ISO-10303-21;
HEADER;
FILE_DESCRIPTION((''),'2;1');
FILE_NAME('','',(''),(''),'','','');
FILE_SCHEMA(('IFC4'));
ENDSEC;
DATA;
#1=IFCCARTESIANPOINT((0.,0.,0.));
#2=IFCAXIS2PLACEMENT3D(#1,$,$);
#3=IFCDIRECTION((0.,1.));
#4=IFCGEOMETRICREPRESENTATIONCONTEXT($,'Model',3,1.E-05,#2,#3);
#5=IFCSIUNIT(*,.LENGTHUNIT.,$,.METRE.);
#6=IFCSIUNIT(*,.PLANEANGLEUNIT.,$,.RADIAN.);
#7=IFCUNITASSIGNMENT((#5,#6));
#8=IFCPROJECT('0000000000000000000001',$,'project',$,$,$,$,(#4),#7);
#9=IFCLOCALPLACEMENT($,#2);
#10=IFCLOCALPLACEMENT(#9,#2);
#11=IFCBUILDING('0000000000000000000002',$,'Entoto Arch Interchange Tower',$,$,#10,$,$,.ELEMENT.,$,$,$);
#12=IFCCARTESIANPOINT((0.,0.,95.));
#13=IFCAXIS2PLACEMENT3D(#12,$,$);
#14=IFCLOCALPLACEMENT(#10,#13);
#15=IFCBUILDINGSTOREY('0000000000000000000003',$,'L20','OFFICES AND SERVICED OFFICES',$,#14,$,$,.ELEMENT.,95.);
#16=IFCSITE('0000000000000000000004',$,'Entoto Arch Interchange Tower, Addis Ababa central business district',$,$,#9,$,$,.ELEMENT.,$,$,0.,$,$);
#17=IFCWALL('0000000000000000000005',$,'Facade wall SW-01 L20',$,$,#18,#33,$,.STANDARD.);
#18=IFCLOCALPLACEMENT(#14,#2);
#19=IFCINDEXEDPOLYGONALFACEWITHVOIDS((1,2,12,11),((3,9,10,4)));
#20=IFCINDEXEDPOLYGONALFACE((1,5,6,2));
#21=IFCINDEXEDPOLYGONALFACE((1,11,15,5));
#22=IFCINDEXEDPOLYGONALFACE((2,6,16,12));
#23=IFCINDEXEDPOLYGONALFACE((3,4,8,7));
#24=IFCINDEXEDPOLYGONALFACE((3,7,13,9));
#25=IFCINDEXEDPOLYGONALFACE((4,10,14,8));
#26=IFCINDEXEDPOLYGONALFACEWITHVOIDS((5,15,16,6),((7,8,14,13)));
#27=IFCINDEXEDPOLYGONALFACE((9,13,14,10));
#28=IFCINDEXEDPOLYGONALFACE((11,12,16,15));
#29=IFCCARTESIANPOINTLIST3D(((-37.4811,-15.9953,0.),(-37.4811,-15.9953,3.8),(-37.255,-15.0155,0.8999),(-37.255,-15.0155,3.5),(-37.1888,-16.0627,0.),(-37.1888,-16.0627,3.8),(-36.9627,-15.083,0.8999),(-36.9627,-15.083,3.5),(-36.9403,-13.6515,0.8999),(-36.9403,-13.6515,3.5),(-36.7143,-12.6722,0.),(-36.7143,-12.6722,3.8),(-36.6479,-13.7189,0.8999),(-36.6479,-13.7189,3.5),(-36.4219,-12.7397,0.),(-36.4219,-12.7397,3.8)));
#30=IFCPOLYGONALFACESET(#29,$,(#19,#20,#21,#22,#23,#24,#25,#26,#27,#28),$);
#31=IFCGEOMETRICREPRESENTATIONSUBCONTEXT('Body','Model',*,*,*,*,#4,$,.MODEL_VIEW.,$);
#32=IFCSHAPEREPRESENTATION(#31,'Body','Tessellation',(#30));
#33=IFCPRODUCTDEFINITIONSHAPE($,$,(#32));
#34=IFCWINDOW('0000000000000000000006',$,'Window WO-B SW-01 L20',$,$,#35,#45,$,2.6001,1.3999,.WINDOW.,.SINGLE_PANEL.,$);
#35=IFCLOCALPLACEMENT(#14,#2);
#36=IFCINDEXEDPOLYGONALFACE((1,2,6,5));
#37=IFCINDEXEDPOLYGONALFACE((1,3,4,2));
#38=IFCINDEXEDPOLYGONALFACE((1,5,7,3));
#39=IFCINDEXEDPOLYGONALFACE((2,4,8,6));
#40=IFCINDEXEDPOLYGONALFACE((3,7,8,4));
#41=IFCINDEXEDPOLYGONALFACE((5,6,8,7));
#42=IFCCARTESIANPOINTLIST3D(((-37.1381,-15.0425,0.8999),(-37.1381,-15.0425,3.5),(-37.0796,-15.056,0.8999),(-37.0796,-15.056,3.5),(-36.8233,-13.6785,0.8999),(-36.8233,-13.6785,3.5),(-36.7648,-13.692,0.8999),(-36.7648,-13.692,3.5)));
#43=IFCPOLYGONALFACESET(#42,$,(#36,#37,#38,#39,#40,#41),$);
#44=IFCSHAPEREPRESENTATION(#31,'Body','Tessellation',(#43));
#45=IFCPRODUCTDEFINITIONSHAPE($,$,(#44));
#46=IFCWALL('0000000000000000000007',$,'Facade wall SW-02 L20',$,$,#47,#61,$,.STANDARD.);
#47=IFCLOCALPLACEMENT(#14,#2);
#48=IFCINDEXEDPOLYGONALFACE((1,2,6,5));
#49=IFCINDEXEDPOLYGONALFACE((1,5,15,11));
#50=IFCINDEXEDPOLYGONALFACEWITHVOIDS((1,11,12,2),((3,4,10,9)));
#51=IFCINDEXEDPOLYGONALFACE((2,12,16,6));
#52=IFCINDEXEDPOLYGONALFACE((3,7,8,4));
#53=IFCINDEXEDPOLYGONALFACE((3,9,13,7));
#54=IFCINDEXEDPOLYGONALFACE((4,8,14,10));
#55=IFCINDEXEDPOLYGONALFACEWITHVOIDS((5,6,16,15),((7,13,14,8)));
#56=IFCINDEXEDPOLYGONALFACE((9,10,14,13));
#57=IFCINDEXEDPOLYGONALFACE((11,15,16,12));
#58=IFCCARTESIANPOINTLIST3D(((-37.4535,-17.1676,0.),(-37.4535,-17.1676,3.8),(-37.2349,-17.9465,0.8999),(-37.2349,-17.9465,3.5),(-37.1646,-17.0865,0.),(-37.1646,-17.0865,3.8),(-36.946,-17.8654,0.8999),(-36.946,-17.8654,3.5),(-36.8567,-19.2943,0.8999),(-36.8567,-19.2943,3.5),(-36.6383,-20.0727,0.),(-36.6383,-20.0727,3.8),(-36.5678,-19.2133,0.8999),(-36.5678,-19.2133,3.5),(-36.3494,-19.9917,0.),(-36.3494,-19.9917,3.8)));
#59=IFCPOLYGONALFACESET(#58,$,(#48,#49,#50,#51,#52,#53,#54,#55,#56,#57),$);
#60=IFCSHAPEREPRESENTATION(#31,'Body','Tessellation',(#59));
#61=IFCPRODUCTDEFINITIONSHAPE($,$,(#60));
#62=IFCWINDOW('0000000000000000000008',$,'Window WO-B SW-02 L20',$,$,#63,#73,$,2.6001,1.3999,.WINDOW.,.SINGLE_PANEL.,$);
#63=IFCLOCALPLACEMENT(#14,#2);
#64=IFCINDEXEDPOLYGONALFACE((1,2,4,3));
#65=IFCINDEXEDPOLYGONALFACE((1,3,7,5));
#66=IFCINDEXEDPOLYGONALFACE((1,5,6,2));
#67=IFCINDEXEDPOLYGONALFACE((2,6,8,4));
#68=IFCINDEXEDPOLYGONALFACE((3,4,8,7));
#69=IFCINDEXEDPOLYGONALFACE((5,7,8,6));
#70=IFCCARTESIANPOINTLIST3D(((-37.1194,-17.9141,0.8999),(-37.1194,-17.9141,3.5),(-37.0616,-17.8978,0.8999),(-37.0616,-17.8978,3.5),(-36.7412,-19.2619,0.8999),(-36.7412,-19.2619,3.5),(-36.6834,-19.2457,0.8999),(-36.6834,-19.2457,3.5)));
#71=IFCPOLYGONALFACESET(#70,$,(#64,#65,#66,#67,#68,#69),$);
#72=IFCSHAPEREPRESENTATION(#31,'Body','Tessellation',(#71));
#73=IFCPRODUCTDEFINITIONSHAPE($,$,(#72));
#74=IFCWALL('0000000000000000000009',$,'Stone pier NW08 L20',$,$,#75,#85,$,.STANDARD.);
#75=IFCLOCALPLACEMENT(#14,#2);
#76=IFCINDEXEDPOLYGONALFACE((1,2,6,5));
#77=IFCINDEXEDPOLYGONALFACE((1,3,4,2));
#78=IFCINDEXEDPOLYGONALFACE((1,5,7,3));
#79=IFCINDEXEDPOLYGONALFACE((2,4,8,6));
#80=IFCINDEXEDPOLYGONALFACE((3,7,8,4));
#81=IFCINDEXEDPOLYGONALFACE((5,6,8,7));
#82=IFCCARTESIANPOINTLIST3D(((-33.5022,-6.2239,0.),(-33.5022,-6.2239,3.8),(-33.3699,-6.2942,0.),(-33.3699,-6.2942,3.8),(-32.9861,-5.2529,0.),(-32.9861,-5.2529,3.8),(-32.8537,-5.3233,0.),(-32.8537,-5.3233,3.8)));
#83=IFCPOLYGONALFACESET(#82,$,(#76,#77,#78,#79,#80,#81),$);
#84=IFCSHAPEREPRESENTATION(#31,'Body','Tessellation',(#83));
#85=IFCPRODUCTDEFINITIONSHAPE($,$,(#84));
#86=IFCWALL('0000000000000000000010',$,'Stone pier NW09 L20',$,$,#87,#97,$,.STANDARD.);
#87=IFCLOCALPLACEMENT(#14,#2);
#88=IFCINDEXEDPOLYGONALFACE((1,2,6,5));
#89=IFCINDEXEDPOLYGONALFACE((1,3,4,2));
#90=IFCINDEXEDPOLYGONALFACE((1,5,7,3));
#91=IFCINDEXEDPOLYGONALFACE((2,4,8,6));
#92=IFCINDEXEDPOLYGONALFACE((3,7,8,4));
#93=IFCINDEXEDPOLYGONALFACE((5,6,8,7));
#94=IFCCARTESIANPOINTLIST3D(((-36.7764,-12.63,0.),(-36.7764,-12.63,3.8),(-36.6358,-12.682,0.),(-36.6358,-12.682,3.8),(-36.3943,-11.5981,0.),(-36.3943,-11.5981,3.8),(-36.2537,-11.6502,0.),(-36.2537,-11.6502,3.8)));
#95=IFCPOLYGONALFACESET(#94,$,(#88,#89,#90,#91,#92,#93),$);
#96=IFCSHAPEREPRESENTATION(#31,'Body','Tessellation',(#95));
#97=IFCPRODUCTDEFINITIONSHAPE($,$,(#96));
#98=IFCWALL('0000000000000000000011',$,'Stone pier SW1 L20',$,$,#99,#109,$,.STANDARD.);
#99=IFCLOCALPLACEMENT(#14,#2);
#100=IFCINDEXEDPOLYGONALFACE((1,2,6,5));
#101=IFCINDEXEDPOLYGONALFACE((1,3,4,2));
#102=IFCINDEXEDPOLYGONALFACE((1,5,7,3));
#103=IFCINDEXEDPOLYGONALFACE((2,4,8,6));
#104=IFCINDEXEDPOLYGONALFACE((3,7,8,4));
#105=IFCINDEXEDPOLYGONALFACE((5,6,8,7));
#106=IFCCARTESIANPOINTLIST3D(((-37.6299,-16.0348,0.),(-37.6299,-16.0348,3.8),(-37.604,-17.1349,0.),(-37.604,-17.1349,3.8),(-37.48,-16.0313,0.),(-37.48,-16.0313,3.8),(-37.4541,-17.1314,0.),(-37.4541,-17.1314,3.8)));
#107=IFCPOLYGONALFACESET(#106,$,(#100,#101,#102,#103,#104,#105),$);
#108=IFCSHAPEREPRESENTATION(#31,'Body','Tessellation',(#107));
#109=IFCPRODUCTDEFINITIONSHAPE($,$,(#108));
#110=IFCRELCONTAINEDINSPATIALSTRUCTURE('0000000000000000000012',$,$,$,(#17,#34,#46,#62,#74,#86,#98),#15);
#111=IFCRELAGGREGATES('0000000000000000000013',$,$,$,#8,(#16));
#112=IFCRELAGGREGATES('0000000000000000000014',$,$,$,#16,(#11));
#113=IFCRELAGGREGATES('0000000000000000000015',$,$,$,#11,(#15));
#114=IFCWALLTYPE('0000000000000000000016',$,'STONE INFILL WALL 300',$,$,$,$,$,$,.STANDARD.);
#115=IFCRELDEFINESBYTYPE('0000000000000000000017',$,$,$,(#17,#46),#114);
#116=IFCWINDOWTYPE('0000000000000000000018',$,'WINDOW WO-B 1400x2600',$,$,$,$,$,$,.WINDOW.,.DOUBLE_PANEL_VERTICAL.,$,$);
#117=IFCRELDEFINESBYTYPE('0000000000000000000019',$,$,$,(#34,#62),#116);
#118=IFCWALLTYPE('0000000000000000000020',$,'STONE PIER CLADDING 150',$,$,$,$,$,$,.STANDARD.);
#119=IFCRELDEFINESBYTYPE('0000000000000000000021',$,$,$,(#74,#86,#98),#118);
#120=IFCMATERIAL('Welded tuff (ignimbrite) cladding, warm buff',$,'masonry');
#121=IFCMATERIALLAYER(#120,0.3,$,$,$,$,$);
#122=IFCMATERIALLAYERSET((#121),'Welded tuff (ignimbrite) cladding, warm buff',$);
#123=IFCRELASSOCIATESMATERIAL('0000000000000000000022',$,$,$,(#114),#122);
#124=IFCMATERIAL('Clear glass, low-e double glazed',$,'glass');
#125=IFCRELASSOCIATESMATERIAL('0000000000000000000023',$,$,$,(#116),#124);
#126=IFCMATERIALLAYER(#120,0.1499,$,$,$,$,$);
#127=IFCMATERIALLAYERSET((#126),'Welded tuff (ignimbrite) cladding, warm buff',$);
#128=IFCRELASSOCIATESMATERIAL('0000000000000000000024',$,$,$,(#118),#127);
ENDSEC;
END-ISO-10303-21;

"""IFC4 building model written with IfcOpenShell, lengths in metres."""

from ifc_helpers import new_model, si_unit, direction, frame, frame_2d, origin, place, context, subcontext, project, spatial, rectangle, extrude, material, layer, layer_set, type_object, element, fill, save


model = new_model("IFC4")

# Units and contexts
model_context = context("Model", 3, precision=1e-05, world=origin(), true_north=direction((0.0, 1.0)))
body_context = subcontext(model_context, "Body", "Model", "MODEL_VIEW")
ifc_project = project(units=[si_unit("LENGTHUNIT", "METRE"), si_unit("PLANEANGLEUNIT", "RADIAN")], contexts=[model_context])

# Site, building, storey
site_placement = place(None, origin())
site = spatial("IfcSite", under=ifc_project, at=site_placement, Name="Entoto Arch Interchange Tower, Addis Ababa central business district", CompositionType="ELEMENT", RefElevation=0.0)
building_placement = place(site_placement, origin())
building = spatial("IfcBuilding", under=site, at=building_placement, Name="Entoto Arch Interchange Tower", CompositionType="ELEMENT")
storey_placement = place(building_placement, frame((0.0, 0.0, 95.0)))
storey = spatial("IfcBuildingStorey", under=building, at=storey_placement, Name="L20", Description="OFFICES AND SERVICED OFFICES", CompositionType="ELEMENT", Elevation=95.0)

# Shared definitions
ifc_material_1 = material(Name="Welded tuff (ignimbrite) cladding, warm buff", Category="masonry")
ifc_layer_1 = layer(ifc_material_1, 0.3)
ifc_layer_set_1 = layer_set([ifc_layer_1], Name="Welded tuff (ignimbrite) cladding, warm buff")
wall_type_1 = type_object("IfcWallType", Name="STONE INFILL WALL 300", PredefinedType="STANDARD", material=ifc_layer_set_1)
ifc_material_2 = material(Name="Clear glass, low-e double glazed", Category="glass")

# Walls, openings, windows
wall_1_placement = place(storey_placement, frame((-36.5681, -12.7061, 0.0), z_axis=(0.0, 0.0, 1.0), x_axis=(-0.22486, -0.974391, 0.0)))
wall_1 = element("IfcWall", 1, at=wall_1_placement, inside=storey, type_object=wall_type_1, Name="Facade wall SW-01 L20", PredefinedType="STANDARD", context=body_context, shape_type="SweptSolid", body=[
    extrude(rectangle(XDim=3.4104, YDim=0.3, at=frame_2d((1.7051, 0.0))), origin(), (0.0, 0.0, 1.0), 3.8),
])
opening_1_placement = place(wall_1_placement, frame((1.0049, 0.0, 0.8999)))
opening_1 = element("IfcOpeningElement", 2, at=opening_1_placement, cuts=wall_1, PredefinedType="OPENING", context=body_context, shape_type="SweptSolid", body=[
    extrude(rectangle(XDim=1.3999, YDim=2.6001, at=frame_2d((0.7, 1.3))), frame((0.0, 0.1602, 0.0), z_axis=(0.0, -1.0, 0.0), x_axis=(1.0, 0.0, 0.0)), (0.0, 0.0, 1.0), 0.3201),
])
window_type_1 = type_object("IfcWindowType", Name="WINDOW WO-B 1400x2600", PartitioningType="DOUBLE_PANEL_VERTICAL", PredefinedType="WINDOW", material=ifc_material_2)
window_1_placement = place(opening_1_placement, origin())
window_1 = element("IfcWindow", 3, at=window_1_placement, inside=storey, type_object=window_type_1, Name="Window WO-B SW-01 L20", OverallHeight=2.6001, OverallWidth=1.3999, PartitioningType="SINGLE_PANEL", PredefinedType="WINDOW", context=body_context, shape_type="SweptSolid", body=[
    extrude(rectangle(XDim=1.3999, YDim=2.6001, at=frame_2d((0.7, 1.3))), frame((0.0, 0.03, 0.0), z_axis=(0.0, -1.0, 0.0), x_axis=(1.0, 0.0, 0.0)), (0.0, 0.0, 1.0), 0.0601),
])
fill(opening_1, window_1)
wall_2_placement = place(storey_placement, frame((-37.3091, -17.127, 0.0), z_axis=(0.0, 0.0, 1.0), x_axis=(0.270176, -0.962811, 0.0)))
wall_2 = element("IfcWall", 4, at=wall_2_placement, inside=storey, type_object=wall_type_1, Name="Facade wall SW-02 L20", PredefinedType="STANDARD", context=body_context, shape_type="SweptSolid", body=[
    extrude(rectangle(XDim=3.0173, YDim=0.3, at=frame_2d((1.5088, 0.0))), origin(), (0.0, 0.0, 1.0), 3.8),
])
opening_2_placement = place(wall_2_placement, frame((0.8091, 0.0, 0.8999)))
opening_2 = element("IfcOpeningElement", 5, at=opening_2_placement, cuts=wall_2, PredefinedType="OPENING", context=body_context, shape_type="SweptSolid", body=[
    extrude(rectangle(XDim=1.3999, YDim=2.6001, at=frame_2d((0.7, 1.3))), frame((0.0, 0.1602, 0.0), z_axis=(0.0, -1.0, 0.0), x_axis=(1.0, 0.0, 0.0)), (0.0, 0.0, 1.0), 0.3201),
])
window_2_placement = place(opening_2_placement, origin())
window_2 = element("IfcWindow", 6, at=window_2_placement, inside=storey, type_object=window_type_1, Name="Window WO-B SW-02 L20", OverallHeight=2.6001, OverallWidth=1.3999, PartitioningType="SINGLE_PANEL", PredefinedType="WINDOW", context=body_context, shape_type="SweptSolid", body=[
    extrude(rectangle(XDim=1.3999, YDim=2.6001, at=frame_2d((0.7, 1.3))), frame((0.0, 0.03, 0.0), z_axis=(0.0, -1.0, 0.0), x_axis=(1.0, 0.0, 0.0)), (0.0, 0.0, 1.0), 0.0601),
])
fill(opening_2, window_2)

# Walls
ifc_layer_2 = layer(ifc_material_1, 0.1499)
ifc_layer_set_2 = layer_set([ifc_layer_2], Name="Welded tuff (ignimbrite) cladding, warm buff")
wall_type_2 = type_object("IfcWallType", Name="STONE PIER CLADDING 150", PredefinedType="STANDARD", material=ifc_layer_set_2)
wall_3_placement = place(storey_placement, frame((-32.9199, -5.2881, 0.0), z_axis=(0.0, 0.0, 1.0), x_axis=(-0.469366, -0.883004, 0.0)))
element("IfcWall", 7, at=wall_3_placement, inside=storey, type_object=wall_type_2, Name="Stone pier NW08 L20", PredefinedType="STANDARD", context=body_context, shape_type="SweptSolid", body=[
    extrude(rectangle(XDim=1.0996, YDim=0.1499, at=frame_2d((0.5498, 0.0))), origin(), (0.0, 0.0, 1.0), 3.8),
])
for number, where, z_axis, x_axis, name in (
    (8, (-36.324, -11.624, 0.0), (0.0, 0.0, 1.0), (-0.347206, -0.937789, 0.0), "Stone pier NW09 L20"),
    (9, (-37.5549, -16.033, 0.0), (0.0, 0.0, 1.0), (0.023518, -0.999723, 0.0), "Stone pier SW1 L20"),
):
    element("IfcWall", number, at=place(storey_placement, frame(where, z_axis=z_axis, x_axis=x_axis)), inside=storey, type_object=wall_type_2, Name=name, PredefinedType="STANDARD", context=body_context, shape_type="SweptSolid", body=[
        extrude(rectangle(XDim=1.1003, YDim=0.1499, at=frame_2d((0.5503, 0.0))), origin(), (0.0, 0.0, 1.0), 3.8),
    ])

save(model, "model.ifc")
